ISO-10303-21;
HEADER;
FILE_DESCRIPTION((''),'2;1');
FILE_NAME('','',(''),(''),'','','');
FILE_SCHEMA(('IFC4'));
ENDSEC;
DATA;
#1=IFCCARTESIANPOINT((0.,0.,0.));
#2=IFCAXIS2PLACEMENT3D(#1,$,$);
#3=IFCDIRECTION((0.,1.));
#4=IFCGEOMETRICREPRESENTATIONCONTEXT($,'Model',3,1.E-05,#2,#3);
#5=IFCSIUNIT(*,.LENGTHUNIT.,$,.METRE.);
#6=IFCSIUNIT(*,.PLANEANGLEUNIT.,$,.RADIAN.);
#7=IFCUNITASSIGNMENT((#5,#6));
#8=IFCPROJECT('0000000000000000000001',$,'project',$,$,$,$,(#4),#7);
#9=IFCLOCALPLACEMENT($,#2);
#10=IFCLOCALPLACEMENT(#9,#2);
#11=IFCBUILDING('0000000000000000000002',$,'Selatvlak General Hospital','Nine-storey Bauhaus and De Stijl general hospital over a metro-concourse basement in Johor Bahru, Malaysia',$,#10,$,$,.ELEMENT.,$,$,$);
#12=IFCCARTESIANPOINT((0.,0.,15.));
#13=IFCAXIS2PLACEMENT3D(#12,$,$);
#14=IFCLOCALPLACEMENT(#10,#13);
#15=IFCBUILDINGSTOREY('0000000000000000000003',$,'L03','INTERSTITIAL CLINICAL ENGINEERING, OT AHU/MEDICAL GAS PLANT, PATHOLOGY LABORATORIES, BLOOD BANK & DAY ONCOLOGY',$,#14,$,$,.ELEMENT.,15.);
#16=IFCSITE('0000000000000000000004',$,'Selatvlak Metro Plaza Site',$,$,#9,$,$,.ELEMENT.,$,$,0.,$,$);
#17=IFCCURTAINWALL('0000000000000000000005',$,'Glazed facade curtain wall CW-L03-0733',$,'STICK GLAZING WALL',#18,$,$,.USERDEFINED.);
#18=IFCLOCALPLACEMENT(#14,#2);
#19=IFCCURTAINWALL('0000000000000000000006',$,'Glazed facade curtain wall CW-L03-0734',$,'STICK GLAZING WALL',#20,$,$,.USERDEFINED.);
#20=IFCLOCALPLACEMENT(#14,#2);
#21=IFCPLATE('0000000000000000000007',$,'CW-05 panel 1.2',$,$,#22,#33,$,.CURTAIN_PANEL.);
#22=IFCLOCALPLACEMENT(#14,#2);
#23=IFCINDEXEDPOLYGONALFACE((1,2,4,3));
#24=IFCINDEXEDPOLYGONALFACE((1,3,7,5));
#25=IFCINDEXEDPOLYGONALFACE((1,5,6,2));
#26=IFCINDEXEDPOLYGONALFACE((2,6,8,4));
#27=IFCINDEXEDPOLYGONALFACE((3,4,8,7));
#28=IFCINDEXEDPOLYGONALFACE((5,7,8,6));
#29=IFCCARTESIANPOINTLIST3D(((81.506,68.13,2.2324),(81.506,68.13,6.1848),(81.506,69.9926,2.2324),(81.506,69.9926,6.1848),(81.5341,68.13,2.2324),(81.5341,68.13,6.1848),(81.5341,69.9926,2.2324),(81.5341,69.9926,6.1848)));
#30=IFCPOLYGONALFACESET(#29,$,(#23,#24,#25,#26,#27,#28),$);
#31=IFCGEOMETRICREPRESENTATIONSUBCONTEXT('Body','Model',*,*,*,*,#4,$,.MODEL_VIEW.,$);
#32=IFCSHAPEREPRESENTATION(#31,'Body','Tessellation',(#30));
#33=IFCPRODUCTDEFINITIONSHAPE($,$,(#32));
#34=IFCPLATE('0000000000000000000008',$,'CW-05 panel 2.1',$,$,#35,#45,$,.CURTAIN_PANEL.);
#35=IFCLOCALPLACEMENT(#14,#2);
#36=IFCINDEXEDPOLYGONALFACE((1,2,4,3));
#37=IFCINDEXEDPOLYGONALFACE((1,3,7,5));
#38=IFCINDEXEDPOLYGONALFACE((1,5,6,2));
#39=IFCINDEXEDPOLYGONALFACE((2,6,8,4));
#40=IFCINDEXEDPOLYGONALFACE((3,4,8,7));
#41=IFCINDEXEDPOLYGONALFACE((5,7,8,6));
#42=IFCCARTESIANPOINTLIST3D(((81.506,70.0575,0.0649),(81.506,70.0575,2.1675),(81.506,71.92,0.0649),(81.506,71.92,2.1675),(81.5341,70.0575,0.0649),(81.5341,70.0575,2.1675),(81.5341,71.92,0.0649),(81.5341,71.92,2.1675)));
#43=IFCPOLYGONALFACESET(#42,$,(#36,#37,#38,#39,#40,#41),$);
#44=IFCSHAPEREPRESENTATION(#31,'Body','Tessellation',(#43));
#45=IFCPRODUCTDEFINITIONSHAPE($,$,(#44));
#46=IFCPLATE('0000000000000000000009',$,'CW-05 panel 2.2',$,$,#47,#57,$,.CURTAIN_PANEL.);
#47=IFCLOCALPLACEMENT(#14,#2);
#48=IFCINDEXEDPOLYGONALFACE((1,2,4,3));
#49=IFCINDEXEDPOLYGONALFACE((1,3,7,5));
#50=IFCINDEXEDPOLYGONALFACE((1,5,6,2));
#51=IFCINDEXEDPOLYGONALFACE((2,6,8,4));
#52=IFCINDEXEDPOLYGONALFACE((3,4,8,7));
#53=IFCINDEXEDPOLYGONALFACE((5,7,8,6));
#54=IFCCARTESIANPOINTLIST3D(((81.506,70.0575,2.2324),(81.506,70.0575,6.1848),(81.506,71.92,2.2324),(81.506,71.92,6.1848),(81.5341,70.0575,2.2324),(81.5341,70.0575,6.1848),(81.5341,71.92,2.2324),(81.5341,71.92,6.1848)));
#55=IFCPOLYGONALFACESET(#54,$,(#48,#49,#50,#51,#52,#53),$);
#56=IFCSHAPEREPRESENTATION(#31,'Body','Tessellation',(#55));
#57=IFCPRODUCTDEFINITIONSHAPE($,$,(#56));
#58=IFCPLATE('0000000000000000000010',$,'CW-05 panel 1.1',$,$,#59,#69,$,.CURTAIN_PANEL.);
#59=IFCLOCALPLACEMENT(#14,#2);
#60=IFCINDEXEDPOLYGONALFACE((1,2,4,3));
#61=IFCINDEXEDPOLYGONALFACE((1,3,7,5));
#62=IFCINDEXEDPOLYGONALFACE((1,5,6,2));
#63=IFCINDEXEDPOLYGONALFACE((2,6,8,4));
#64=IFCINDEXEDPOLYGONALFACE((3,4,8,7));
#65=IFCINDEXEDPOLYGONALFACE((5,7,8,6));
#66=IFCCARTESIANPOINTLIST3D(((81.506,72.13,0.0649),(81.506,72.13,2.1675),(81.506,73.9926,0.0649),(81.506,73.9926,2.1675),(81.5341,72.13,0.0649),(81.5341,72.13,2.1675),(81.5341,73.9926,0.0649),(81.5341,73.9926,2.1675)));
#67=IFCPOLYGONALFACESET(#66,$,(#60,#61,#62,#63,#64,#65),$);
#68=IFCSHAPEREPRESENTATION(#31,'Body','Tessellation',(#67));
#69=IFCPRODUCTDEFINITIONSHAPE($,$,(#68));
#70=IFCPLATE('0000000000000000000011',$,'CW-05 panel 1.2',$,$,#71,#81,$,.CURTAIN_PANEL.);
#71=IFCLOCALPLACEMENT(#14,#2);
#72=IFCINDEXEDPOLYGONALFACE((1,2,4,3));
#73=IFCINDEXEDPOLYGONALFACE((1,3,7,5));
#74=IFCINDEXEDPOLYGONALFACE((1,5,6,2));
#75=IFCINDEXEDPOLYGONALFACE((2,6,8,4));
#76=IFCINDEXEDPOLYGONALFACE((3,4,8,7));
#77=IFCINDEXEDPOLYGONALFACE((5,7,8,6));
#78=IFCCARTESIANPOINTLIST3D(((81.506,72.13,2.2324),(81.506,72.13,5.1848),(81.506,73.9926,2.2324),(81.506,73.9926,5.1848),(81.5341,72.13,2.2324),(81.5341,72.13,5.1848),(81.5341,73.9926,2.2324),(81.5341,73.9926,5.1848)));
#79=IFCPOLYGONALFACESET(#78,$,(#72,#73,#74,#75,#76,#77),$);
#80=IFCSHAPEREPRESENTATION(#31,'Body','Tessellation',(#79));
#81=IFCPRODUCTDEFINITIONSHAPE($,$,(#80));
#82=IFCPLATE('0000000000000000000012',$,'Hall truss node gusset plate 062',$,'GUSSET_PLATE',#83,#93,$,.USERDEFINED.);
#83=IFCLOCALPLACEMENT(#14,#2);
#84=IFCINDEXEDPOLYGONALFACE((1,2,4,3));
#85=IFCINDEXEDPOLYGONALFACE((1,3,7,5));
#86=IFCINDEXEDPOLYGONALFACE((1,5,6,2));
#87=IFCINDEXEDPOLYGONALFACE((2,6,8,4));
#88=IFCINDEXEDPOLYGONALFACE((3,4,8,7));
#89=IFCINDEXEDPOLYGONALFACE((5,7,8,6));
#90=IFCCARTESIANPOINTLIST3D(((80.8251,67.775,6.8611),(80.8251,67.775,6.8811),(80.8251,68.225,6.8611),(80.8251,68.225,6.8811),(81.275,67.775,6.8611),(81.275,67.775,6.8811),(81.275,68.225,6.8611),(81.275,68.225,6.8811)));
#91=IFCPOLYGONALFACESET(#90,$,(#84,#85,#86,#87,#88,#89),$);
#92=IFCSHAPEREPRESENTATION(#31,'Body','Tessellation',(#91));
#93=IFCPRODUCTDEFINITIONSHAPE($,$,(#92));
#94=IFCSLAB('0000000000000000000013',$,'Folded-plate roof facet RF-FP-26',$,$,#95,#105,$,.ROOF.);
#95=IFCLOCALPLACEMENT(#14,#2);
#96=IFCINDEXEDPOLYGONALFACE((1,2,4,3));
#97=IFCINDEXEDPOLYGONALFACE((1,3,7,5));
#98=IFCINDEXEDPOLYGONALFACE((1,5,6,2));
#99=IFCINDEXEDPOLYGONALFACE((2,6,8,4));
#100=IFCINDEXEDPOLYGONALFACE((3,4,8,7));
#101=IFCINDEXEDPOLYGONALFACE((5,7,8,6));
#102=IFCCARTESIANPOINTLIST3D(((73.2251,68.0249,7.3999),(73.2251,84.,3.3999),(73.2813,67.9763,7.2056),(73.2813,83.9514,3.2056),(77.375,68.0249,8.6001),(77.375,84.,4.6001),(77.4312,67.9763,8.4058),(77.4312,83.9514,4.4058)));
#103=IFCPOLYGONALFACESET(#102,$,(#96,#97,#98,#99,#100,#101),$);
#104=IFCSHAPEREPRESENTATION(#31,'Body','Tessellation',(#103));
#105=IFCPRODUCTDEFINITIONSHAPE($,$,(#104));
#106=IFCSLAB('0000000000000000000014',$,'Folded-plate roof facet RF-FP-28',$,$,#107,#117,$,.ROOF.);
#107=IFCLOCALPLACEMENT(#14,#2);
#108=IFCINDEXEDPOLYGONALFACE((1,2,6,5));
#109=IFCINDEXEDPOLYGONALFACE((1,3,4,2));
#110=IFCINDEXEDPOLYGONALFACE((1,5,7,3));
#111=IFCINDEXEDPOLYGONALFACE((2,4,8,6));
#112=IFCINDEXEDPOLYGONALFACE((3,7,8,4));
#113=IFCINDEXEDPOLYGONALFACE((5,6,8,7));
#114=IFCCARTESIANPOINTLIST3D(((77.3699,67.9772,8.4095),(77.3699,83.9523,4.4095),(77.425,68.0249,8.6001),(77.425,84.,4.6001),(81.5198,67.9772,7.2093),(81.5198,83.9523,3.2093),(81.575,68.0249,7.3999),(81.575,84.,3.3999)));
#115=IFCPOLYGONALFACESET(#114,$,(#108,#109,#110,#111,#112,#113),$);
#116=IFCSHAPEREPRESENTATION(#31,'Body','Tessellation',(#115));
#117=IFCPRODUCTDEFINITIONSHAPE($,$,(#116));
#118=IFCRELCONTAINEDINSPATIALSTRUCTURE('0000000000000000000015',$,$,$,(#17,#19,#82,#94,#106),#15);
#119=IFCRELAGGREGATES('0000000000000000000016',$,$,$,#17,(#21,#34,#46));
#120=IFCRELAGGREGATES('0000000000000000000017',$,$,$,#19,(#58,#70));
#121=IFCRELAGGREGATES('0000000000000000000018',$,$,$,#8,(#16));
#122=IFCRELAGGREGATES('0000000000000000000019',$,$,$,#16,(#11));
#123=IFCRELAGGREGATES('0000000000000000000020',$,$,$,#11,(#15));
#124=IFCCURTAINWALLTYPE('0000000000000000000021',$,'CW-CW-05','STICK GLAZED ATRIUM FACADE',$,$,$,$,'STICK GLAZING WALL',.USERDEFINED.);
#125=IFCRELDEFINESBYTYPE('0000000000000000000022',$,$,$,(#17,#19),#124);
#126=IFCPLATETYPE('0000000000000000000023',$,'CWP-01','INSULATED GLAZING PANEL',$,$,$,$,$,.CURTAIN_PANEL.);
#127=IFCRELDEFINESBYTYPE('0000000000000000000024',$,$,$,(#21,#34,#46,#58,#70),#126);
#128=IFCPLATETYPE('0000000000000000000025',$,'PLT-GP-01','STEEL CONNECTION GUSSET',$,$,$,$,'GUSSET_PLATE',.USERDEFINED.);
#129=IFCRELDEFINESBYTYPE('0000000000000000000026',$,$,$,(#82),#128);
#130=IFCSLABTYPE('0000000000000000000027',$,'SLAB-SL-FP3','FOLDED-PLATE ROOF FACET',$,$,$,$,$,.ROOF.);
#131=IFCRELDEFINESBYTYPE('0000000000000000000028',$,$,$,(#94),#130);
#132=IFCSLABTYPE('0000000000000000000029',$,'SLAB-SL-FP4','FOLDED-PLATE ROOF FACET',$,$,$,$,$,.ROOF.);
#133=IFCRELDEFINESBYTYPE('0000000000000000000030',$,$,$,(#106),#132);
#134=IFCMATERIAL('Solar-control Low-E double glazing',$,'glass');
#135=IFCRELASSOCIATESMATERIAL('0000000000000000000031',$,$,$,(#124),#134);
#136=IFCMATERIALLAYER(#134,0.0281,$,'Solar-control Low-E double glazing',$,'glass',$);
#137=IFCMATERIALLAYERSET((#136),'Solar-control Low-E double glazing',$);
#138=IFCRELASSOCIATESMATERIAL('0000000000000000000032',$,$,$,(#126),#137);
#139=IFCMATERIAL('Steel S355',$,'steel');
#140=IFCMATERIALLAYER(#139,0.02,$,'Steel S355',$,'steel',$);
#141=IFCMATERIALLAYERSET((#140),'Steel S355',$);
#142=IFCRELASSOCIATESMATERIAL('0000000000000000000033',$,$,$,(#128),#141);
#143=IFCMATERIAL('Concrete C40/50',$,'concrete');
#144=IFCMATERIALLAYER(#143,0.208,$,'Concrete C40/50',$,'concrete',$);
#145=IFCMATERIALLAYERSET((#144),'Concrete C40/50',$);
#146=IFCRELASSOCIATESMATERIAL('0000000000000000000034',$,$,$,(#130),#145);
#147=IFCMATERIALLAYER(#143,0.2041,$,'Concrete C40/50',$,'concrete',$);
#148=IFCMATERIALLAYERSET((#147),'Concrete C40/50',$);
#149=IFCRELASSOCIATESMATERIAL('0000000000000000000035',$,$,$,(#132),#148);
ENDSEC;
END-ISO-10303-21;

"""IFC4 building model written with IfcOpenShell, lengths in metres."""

from ifc_helpers import new_model, si_unit, direction, frame, origin, origin_2d, place, context, subcontext, project, spatial, polyline, rectangle, outline, extrude, material, layer, layer_set, type_object, element, aggregate, save


model = new_model("IFC4")

# Units and contexts
model_context = context("Model", 3, precision=1e-05, world=origin(), true_north=direction((0.0, 1.0)))
body_context = subcontext(model_context, "Body", "Model", "MODEL_VIEW")
ifc_project = project(units=[si_unit("LENGTHUNIT", "METRE"), si_unit("PLANEANGLEUNIT", "RADIAN")], contexts=[model_context])

# Site, building, storey
site_placement = place(None, origin())
site = spatial("IfcSite", under=ifc_project, at=site_placement, Name="Selatvlak Metro Plaza Site", CompositionType="ELEMENT", RefElevation=0.0)
building_placement = place(site_placement, origin())
building = spatial("IfcBuilding", under=site, at=building_placement, Name="Selatvlak General Hospital", Description="Nine-storey Bauhaus and De Stijl general hospital over a metro-concourse basement in Johor Bahru, Malaysia", CompositionType="ELEMENT")
storey_placement = place(building_placement, frame((0.0, 0.0, 15.0)))
storey = spatial("IfcBuildingStorey", under=building, at=storey_placement, Name="L03", Description="INTERSTITIAL CLINICAL ENGINEERING, OT AHU/MEDICAL GAS PLANT, PATHOLOGY LABORATORIES, BLOOD BANK & DAY ONCOLOGY", CompositionType="ELEMENT", Elevation=15.0)

# Shared definitions
ifc_material_1 = material(Name="Steel S355", Category="steel")

# Curtain walls
ifc_material_2 = material(Name="Solar-control Low-E double glazing", Category="glass")
curtain_wall_type = type_object("IfcCurtainWallType", Name="CW-CW-05", Description="STICK GLAZED ATRIUM FACADE", ElementType="STICK GLAZING WALL", PredefinedType="USERDEFINED", material=ifc_material_2)
curtain_wall_1_placement = place(storey_placement, origin())
curtain_wall_1 = element("IfcCurtainWall", 1, at=curtain_wall_1_placement, inside=storey, type_object=curtain_wall_type, Name="Glazed facade curtain wall CW-L03-0733", ObjectType="STICK GLAZING WALL", PredefinedType="USERDEFINED")
curtain_wall_2_placement = place(storey_placement, origin())
curtain_wall_2 = element("IfcCurtainWall", 2, at=curtain_wall_2_placement, inside=storey, type_object=curtain_wall_type, Name="Glazed facade curtain wall CW-L03-0734", ObjectType="STICK GLAZING WALL", PredefinedType="USERDEFINED")

# Plates
ifc_layer_1 = layer(ifc_material_2, 0.0281, Name="Solar-control Low-E double glazing", Category="glass")
ifc_layer_set_1 = layer_set([ifc_layer_1], Name="Solar-control Low-E double glazing")
plate_type_1 = type_object("IfcPlateType", Name="CWP-01", Description="INSULATED GLAZING PANEL", PredefinedType="CURTAIN_PANEL", material=ifc_layer_set_1)
plate_1_placement = place(storey_placement, frame((81.52, 69.0613, 2.2324), z_axis=(0.0, 0.0, 1.0), x_axis=(0.0, 1.0, 0.0)))
plate_1 = element("IfcPlate", 3, at=plate_1_placement, type_object=plate_type_1, Name="CW-05 panel 1.2", PredefinedType="CURTAIN_PANEL", context=body_context, shape_type="SweptSolid", body=[
    extrude(rectangle(XDim=1.8625, YDim=0.0281, at=origin_2d()), origin(), (0.0, 0.0, 1.0), 3.9524),
])
plate_2_placement = place(storey_placement, frame((81.52, 70.9888, 0.0649), z_axis=(0.0, 0.0, 1.0), x_axis=(0.0, 1.0, 0.0)))
plate_2 = element("IfcPlate", 4, at=plate_2_placement, type_object=plate_type_1, Name="CW-05 panel 2.1", PredefinedType="CURTAIN_PANEL", context=body_context, shape_type="SweptSolid", body=[
    extrude(rectangle(XDim=1.8625, YDim=0.0281, at=origin_2d()), origin(), (0.0, 0.0, 1.0), 2.1025),
])
plate_3_placement = place(storey_placement, frame((81.52, 70.9888, 2.2324), z_axis=(0.0, 0.0, 1.0), x_axis=(0.0, 1.0, 0.0)))
plate_3 = element("IfcPlate", 5, at=plate_3_placement, type_object=plate_type_1, Name="CW-05 panel 2.2", PredefinedType="CURTAIN_PANEL", context=body_context, shape_type="SweptSolid", body=[
    extrude(rectangle(XDim=1.8625, YDim=0.0281, at=origin_2d()), origin(), (0.0, 0.0, 1.0), 3.9524),
])
aggregate(curtain_wall_1, [plate_1, plate_2, plate_3])
plate_4_placement = place(storey_placement, frame((81.52, 73.0613, 0.0649), z_axis=(0.0, 0.0, 1.0), x_axis=(0.0, 1.0, 0.0)))
plate_4 = element("IfcPlate", 6, at=plate_4_placement, type_object=plate_type_1, Name="CW-05 panel 1.1", PredefinedType="CURTAIN_PANEL", context=body_context, shape_type="SweptSolid", body=[
    extrude(rectangle(XDim=1.8625, YDim=0.0281, at=origin_2d()), origin(), (0.0, 0.0, 1.0), 2.1025),
])
plate_5_placement = place(storey_placement, frame((81.52, 73.0613, 2.2324), z_axis=(0.0, 0.0, 1.0), x_axis=(0.0, 1.0, 0.0)))
plate_5 = element("IfcPlate", 7, at=plate_5_placement, type_object=plate_type_1, Name="CW-05 panel 1.2", PredefinedType="CURTAIN_PANEL", context=body_context, shape_type="SweptSolid", body=[
    extrude(rectangle(XDim=1.8625, YDim=0.0281, at=origin_2d()), origin(), (0.0, 0.0, 1.0), 2.9524),
])
aggregate(curtain_wall_2, [plate_4, plate_5])
ifc_layer_2 = layer(ifc_material_1, 0.02, Name="Steel S355", Category="steel")
ifc_layer_set_2 = layer_set([ifc_layer_2], Name="Steel S355")
plate_type_2 = type_object("IfcPlateType", Name="PLT-GP-01", Description="STEEL CONNECTION GUSSET", ElementType="GUSSET_PLATE", PredefinedType="USERDEFINED", material=ifc_layer_set_2)
plate_6_placement = place(storey_placement, frame((81.05, 68.0, 6.8611), z_axis=(0.0, 0.0, 1.0), x_axis=(1.0, 0.0, 0.0)))
element("IfcPlate", 8, at=plate_6_placement, inside=storey, type_object=plate_type_2, Name="Hall truss node gusset plate 062", ObjectType="GUSSET_PLATE", PredefinedType="USERDEFINED", context=body_context, shape_type="SweptSolid", body=[
    extrude(rectangle(XDim=0.45, YDim=0.45, at=origin_2d()), origin(), (0.0, 0.0, 1.0), 0.02),
])

# Slabs
ifc_material_3 = material(Name="Concrete C40/50", Category="concrete")
ifc_layer_3 = layer(ifc_material_3, 0.208, Name="Concrete C40/50", Category="concrete")
ifc_layer_set_3 = layer_set([ifc_layer_3], Name="Concrete C40/50")
slab_type_1 = type_object("IfcSlabType", Name="SLAB-SL-FP3", Description="FOLDED-PLATE ROOF FACET", PredefinedType="ROOF", material=ifc_layer_set_3)
slab_1_placement = place(storey_placement, frame((73.2251, 68.0249, 7.3999), z_axis=(-0.270121, 0.233862, 0.933993), x_axis=(0.960632, 0.0, 0.277825)))
element("IfcSlab", 9, at=slab_1_placement, inside=storey, type_object=slab_type_1, Name="Folded-plate roof facet RF-FP-26", PredefinedType="ROOF", context=body_context, shape_type="SweptSolid", body=[
    extrude(outline(polyline([(0.0, 0.0), (4.32, 0.0), (3.2087, 16.4307), (-1.1113, 16.4307), (0.0, 0.0)])), origin(), (0.0, 0.0, -1.0), 0.208),
])
ifc_layer_4 = layer(ifc_material_3, 0.2041, Name="Concrete C40/50", Category="concrete")
ifc_layer_set_4 = layer_set([ifc_layer_4], Name="Concrete C40/50")
slab_type_2 = type_object("IfcSlabType", Name="SLAB-SL-FP4", Description="FOLDED-PLATE ROOF FACET", PredefinedType="ROOF", material=ifc_layer_set_4)
slab_2_placement = place(storey_placement, frame((77.425, 68.0249, 8.6001), z_axis=(0.270121, 0.233862, 0.933993), x_axis=(0.960632, 0.0, -0.277825)))
element("IfcSlab", 10, at=slab_2_placement, inside=storey, type_object=slab_type_2, Name="Folded-plate roof facet RF-FP-28", PredefinedType="ROOF", context=body_context, shape_type="SweptSolid", body=[
    extrude(outline(polyline([(0.0, 0.0), (4.32, 0.0), (5.4313, 16.4307), (1.1113, 16.4307), (0.0, 0.0)])), origin(), (0.0, 0.0, -1.0), 0.2041),
])

save(model, "model.ifc")
